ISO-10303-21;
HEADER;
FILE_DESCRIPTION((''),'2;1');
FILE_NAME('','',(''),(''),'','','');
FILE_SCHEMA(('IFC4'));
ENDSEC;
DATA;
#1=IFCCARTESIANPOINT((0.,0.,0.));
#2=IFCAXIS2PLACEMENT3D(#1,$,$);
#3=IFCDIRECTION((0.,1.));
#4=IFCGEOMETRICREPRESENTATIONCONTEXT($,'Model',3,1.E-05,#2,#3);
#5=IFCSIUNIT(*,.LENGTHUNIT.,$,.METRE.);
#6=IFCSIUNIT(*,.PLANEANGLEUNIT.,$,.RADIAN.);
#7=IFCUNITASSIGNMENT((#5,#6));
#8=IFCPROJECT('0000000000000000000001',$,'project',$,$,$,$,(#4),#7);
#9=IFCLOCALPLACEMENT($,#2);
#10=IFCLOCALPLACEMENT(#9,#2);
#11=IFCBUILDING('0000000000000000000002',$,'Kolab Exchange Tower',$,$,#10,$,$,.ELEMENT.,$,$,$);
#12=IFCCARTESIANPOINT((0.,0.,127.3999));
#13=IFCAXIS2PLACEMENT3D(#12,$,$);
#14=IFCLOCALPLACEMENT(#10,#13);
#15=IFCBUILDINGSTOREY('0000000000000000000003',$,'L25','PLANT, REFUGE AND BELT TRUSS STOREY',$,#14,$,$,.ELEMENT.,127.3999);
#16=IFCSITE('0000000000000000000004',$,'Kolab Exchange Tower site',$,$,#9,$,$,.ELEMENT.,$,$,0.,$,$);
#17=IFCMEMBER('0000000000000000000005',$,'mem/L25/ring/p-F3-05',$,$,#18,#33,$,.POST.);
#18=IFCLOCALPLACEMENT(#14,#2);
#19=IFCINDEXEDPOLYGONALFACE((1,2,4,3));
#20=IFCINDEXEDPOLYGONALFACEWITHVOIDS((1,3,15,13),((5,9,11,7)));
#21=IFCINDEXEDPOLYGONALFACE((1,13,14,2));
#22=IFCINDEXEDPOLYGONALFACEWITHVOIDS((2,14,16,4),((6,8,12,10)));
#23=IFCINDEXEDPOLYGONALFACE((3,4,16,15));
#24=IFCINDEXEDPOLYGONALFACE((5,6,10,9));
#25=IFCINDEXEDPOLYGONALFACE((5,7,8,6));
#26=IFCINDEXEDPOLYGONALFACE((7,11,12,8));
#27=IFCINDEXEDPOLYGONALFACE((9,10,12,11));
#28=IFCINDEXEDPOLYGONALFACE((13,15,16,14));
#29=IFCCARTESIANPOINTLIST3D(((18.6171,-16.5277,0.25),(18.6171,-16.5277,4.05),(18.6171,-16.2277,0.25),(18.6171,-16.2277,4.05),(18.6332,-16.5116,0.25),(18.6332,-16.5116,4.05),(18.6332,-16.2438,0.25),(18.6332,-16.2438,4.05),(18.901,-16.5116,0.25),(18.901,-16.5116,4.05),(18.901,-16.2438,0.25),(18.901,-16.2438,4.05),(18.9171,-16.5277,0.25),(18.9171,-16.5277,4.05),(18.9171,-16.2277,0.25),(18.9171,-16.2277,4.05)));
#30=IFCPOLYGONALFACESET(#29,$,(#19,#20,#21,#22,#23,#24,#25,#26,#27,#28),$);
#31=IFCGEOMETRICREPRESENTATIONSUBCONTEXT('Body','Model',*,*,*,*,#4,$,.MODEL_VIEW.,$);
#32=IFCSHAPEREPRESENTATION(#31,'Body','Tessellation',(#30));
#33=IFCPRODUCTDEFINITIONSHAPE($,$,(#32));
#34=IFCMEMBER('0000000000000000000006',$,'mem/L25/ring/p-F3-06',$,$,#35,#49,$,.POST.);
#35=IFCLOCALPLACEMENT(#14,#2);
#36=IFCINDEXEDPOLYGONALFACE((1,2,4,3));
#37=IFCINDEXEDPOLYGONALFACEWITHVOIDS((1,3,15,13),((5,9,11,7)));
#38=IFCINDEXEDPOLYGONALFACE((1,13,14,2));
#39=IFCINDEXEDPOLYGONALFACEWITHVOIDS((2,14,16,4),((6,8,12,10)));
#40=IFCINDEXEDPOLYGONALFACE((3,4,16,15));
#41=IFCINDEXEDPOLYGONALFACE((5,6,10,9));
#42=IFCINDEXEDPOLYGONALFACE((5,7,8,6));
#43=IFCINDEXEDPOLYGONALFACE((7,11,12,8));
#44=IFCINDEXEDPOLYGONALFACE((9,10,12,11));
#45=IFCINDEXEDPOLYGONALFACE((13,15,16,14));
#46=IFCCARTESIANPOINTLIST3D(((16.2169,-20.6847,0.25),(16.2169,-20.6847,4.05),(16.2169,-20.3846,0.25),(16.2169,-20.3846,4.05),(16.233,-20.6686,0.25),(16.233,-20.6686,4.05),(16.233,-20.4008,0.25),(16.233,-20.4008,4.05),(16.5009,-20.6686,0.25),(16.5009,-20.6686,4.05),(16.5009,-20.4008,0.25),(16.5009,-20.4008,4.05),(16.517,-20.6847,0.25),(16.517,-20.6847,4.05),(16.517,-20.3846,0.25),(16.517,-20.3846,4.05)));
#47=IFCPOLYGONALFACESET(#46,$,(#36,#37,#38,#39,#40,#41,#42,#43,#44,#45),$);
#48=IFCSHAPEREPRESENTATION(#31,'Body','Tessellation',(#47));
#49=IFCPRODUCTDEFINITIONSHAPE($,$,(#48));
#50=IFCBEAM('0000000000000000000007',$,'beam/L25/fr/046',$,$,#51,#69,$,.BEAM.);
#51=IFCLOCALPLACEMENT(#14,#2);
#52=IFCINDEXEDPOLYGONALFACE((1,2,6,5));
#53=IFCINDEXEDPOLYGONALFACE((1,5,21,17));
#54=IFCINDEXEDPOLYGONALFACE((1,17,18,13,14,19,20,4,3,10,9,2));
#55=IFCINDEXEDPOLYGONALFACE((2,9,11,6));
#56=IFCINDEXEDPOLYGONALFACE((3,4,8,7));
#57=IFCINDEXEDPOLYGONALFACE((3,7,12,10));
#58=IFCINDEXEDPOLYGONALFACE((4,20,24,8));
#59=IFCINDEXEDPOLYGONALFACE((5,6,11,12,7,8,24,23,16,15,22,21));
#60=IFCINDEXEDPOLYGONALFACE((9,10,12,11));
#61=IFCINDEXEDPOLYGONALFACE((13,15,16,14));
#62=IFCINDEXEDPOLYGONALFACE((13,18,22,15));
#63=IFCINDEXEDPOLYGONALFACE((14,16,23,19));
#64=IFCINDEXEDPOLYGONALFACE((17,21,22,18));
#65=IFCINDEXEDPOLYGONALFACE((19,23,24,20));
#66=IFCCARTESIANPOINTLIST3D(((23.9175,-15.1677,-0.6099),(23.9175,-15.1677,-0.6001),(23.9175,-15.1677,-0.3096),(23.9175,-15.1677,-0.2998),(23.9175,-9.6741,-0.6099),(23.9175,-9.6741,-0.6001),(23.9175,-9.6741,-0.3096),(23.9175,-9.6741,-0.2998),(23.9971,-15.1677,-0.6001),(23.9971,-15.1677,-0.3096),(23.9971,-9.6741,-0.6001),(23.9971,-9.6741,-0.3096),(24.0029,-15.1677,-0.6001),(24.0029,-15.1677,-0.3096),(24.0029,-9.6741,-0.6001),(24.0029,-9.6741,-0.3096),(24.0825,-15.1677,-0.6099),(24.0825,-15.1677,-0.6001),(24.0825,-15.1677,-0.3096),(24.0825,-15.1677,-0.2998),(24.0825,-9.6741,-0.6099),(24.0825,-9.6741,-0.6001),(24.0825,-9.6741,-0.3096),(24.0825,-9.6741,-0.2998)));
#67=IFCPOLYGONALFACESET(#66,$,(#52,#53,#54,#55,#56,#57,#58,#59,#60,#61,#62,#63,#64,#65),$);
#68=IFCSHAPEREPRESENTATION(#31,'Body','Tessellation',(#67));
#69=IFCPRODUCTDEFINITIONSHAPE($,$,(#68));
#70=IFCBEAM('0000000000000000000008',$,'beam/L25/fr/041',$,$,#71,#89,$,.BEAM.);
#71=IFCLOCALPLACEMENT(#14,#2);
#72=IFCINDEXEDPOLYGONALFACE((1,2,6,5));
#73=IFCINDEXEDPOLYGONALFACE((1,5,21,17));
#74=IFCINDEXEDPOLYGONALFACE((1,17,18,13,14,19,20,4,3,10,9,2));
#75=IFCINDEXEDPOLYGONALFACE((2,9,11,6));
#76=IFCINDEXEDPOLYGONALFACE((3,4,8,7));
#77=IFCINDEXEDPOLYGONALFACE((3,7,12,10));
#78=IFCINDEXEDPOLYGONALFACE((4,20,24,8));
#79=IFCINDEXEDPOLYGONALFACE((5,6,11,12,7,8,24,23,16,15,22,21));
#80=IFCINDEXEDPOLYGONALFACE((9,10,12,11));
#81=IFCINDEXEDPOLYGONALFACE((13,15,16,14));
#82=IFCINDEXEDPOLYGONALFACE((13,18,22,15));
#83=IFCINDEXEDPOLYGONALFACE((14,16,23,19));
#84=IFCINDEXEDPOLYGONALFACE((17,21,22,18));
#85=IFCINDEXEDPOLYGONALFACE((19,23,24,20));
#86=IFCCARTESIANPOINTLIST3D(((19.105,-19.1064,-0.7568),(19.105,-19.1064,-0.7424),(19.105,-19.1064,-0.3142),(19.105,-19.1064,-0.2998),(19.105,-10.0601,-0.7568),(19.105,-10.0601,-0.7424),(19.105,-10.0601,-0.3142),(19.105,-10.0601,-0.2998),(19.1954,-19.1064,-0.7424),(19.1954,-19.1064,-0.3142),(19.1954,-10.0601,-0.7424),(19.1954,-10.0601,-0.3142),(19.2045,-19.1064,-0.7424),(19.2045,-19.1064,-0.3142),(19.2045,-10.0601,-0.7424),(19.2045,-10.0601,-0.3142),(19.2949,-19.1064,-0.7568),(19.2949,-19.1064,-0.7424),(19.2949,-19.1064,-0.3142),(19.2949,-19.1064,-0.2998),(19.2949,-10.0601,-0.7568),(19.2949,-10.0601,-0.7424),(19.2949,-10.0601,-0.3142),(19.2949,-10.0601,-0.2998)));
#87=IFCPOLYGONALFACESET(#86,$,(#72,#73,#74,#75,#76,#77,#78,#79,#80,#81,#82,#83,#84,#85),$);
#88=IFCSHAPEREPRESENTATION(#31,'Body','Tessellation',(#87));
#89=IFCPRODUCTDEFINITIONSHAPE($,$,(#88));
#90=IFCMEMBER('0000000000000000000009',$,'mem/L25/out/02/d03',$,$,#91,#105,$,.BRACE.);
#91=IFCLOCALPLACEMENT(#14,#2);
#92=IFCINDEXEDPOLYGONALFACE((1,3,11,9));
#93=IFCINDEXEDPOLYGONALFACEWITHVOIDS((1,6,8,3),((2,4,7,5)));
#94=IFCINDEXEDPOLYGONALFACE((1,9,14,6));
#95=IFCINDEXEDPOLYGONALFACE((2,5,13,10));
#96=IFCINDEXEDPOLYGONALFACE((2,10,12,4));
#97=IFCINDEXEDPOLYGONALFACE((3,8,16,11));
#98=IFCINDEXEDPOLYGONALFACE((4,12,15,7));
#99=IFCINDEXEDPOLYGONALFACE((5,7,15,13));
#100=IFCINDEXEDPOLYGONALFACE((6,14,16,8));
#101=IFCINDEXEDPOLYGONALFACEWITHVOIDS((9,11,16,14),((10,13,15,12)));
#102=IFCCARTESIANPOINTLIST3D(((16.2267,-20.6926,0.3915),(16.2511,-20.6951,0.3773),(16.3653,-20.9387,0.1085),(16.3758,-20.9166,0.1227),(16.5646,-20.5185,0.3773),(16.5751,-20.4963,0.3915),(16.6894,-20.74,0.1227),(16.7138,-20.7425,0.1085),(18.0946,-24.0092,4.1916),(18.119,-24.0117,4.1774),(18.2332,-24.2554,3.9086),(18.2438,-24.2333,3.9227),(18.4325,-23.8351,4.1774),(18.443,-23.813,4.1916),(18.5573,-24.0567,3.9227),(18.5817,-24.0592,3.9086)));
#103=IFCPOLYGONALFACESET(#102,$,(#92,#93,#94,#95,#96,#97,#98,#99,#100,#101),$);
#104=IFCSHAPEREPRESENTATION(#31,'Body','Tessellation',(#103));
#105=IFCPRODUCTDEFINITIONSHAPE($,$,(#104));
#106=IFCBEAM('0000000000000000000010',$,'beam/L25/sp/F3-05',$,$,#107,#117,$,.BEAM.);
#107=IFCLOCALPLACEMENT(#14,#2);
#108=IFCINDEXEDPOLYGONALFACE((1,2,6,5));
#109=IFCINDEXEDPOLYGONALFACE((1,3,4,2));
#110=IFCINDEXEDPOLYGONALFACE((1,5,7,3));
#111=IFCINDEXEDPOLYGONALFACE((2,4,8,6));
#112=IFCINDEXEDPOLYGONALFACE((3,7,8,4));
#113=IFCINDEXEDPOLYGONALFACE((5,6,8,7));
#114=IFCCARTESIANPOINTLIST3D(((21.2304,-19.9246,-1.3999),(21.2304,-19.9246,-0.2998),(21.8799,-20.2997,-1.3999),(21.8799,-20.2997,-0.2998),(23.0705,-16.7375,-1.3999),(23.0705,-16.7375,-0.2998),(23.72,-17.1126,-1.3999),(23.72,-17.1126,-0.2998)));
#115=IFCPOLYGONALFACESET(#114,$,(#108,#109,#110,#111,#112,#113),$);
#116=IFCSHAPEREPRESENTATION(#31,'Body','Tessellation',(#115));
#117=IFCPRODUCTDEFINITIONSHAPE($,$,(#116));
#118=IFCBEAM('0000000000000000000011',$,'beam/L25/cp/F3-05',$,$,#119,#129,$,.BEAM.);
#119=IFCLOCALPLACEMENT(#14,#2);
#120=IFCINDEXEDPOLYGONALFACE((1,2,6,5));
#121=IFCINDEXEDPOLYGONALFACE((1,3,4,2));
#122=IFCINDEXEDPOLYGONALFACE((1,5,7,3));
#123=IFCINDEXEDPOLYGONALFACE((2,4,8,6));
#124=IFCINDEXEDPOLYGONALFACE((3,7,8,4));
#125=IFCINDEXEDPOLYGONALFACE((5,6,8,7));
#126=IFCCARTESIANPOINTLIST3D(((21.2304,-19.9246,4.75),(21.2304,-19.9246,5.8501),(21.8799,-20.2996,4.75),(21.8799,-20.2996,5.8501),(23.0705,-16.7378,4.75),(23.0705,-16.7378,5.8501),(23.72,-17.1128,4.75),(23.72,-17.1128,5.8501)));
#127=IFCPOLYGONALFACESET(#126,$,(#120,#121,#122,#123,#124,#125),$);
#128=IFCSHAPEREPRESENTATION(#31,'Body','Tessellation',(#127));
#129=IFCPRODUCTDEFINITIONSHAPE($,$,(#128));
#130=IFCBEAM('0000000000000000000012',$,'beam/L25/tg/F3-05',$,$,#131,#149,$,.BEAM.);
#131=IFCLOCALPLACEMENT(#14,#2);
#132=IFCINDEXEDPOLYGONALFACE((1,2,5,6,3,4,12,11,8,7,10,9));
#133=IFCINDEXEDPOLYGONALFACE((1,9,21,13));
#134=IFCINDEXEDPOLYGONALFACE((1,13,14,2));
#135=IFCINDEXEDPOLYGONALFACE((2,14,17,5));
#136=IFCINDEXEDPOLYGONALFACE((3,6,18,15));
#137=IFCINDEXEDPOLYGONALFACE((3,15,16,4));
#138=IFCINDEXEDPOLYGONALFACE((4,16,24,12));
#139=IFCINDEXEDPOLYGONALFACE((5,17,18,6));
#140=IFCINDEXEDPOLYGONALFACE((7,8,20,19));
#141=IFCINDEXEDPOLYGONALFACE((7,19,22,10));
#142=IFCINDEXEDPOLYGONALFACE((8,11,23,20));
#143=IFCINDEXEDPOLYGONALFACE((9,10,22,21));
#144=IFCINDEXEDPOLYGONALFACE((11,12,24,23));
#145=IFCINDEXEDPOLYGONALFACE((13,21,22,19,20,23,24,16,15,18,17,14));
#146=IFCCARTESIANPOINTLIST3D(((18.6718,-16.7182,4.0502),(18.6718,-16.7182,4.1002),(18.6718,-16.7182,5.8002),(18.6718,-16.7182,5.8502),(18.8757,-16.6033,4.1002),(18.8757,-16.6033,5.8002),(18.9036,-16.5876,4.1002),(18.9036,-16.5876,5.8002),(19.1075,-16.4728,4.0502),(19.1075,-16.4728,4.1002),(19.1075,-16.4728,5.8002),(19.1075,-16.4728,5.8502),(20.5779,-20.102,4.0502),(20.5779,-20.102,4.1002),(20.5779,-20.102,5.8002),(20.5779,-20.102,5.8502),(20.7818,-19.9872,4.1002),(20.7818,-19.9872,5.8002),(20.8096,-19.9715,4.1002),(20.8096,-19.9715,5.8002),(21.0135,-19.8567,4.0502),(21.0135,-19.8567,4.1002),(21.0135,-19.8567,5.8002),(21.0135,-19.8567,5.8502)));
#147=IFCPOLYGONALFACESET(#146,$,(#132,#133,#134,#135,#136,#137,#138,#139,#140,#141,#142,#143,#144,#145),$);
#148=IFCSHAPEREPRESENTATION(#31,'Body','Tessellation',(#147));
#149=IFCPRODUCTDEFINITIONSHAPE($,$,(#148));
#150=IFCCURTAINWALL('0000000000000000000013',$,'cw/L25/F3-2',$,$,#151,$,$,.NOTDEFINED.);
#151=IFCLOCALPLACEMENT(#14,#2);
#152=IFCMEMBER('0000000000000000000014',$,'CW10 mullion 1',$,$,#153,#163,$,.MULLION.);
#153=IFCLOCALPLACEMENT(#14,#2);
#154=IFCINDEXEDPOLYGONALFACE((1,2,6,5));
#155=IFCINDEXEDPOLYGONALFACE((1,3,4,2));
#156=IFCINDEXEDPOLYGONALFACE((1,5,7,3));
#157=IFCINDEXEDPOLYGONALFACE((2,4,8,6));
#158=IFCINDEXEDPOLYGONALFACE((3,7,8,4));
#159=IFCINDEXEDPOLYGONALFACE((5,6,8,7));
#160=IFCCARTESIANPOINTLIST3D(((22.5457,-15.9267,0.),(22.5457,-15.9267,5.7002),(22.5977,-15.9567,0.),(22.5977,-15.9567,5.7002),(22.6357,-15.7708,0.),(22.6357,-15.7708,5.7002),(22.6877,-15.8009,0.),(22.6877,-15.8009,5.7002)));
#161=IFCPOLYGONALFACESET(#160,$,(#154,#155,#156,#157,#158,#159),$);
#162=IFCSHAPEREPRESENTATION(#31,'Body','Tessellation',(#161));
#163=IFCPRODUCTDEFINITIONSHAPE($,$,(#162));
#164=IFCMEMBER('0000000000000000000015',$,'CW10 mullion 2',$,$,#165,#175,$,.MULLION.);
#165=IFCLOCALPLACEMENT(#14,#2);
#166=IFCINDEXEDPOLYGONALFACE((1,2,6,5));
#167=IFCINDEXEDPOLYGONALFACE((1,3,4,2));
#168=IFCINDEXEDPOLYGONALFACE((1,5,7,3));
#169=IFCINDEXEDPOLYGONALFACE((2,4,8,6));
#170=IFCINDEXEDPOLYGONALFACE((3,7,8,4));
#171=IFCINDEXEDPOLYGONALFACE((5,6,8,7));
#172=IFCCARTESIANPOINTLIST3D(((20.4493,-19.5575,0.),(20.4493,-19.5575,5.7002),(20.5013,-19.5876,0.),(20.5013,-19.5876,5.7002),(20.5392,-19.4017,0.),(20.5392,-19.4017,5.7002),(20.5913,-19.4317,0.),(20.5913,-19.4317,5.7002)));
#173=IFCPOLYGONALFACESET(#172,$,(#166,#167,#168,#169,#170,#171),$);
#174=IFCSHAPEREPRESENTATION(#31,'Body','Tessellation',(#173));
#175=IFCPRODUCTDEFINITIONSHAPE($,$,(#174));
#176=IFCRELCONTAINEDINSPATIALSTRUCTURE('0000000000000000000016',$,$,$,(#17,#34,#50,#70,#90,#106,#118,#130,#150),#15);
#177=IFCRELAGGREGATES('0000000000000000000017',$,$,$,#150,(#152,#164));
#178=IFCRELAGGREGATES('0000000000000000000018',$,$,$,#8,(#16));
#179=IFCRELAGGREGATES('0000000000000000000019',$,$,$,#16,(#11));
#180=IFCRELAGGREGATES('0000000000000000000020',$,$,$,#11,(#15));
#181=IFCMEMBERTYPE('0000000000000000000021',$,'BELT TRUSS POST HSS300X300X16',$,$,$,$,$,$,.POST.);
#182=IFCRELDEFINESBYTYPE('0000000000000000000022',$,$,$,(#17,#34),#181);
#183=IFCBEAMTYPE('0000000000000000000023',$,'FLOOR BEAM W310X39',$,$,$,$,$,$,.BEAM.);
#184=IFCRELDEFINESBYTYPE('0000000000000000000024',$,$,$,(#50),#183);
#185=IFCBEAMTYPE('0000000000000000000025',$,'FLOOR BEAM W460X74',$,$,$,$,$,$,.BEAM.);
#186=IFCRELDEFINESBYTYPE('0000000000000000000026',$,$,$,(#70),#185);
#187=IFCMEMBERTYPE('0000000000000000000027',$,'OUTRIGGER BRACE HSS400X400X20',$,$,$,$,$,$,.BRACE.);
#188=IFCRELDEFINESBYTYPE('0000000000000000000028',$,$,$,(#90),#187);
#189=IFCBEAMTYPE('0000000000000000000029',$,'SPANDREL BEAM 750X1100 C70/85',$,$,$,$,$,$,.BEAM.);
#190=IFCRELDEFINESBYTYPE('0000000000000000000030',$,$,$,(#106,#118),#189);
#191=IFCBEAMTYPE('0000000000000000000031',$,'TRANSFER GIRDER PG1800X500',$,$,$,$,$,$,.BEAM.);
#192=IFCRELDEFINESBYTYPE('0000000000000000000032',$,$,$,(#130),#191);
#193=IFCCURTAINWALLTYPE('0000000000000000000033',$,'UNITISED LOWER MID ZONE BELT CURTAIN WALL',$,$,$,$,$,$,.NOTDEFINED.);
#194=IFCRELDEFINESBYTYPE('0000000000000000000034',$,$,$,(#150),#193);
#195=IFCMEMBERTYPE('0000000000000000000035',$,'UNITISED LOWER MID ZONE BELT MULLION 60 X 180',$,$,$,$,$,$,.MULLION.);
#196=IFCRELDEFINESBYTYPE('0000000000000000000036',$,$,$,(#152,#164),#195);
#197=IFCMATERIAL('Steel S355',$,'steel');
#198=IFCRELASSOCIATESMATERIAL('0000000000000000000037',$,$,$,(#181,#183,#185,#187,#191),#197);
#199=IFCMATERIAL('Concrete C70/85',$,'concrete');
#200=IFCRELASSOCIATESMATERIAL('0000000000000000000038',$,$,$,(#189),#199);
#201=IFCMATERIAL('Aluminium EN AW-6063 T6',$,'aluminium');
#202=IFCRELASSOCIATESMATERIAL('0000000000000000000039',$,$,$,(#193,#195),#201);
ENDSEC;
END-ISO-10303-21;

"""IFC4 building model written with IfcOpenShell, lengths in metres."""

from ifc_helpers import new_model, si_unit, direction, frame, origin, origin_2d, place, context, subcontext, project, spatial, rectangle, hollow_rectangle, i_section, extrude, material, material_profile, profile_set, type_object, element, aggregate, save


model = new_model("IFC4")

# Units and contexts
model_context = context("Model", 3, precision=1e-05, world=origin(), true_north=direction((0.0, 1.0)))
body_context = subcontext(model_context, "Body", "Model", "MODEL_VIEW")
ifc_project = project(units=[si_unit("LENGTHUNIT", "METRE"), si_unit("PLANEANGLEUNIT", "RADIAN")], contexts=[model_context])

# Site, building, storey
site_placement = place(None, origin())
site = spatial("IfcSite", under=ifc_project, at=site_placement, Name="Kolab Exchange Tower site", CompositionType="ELEMENT", RefElevation=0.0)
building_placement = place(site_placement, origin())
building = spatial("IfcBuilding", under=site, at=building_placement, Name="Kolab Exchange Tower", CompositionType="ELEMENT")
storey_placement = place(building_placement, frame((0.0, 0.0, 127.3999)))
storey = spatial("IfcBuildingStorey", under=building, at=storey_placement, Name="L25", Description="PLANT, REFUGE AND BELT TRUSS STOREY", CompositionType="ELEMENT", Elevation=127.3999)

# Shared definitions
ifc_material_1 = material(Name="Concrete C70/85", Category="concrete")

# Shared definitions
ifc_material_2 = material(Name="Steel S355", Category="steel")

# Members
ifc_material_profile_1 = material_profile(ifc_material_2, hollow_rectangle(XDim=0.3, YDim=0.3, WallThickness=0.0161, at=origin_2d()), Name="HSS300X300X16")
ifc_profile_set_1 = profile_set([ifc_material_profile_1], Name="Steel S355")
member_type_1 = type_object("IfcMemberType", Name="BELT TRUSS POST HSS300X300X16", PredefinedType="POST", material=ifc_profile_set_1)
for number, where, z_axis, x_axis, name in (
    (1, (18.7671, -16.3777, 0.25), (0.0, 0.0, 1.0), (1.0, 0.0, 0.0), "mem/L25/ring/p-F3-05"),
    (2, (16.3669, -20.5347, 0.25), (0.0, 0.0, 1.0), (1.0, 0.0, 0.0), "mem/L25/ring/p-F3-06"),
):
    element("IfcMember", number, at=place(storey_placement, frame(where, z_axis=z_axis, x_axis=x_axis)), inside=storey, type_object=member_type_1, Name=name, PredefinedType="POST", context=body_context, shape_type="SweptSolid", body=[
        extrude(hollow_rectangle(XDim=0.3, YDim=0.3, WallThickness=0.0161, at=origin_2d()), origin(), (0.0, 0.0, 1.0), 3.8),
    ])

# Beams
ifc_material_profile_2 = material_profile(ifc_material_2, i_section(OverallWidth=0.165, OverallDepth=0.3101, WebThickness=0.0059, FlangeThickness=0.0098, at=origin_2d()), Name="W310X39")
ifc_profile_set_2 = profile_set([ifc_material_profile_2], Name="Steel S355")
beam_type_1 = type_object("IfcBeamType", Name="FLOOR BEAM W310X39", PredefinedType="BEAM", material=ifc_profile_set_2)
beam_1_placement = place(storey_placement, frame((24.0, -15.1677, -0.4548), z_axis=(0.0, 1.0, 0.0), x_axis=(-1.0, 0.0, 0.0)))
element("IfcBeam", 3, at=beam_1_placement, inside=storey, type_object=beam_type_1, Name="beam/L25/fr/046", PredefinedType="BEAM", context=body_context, shape_type="SweptSolid", body=[
    extrude(i_section(OverallWidth=0.165, OverallDepth=0.3101, WebThickness=0.0059, FlangeThickness=0.0098, at=origin_2d()), origin(), (0.0, 0.0, 1.0), 5.4937),
])
ifc_material_profile_3 = material_profile(ifc_material_2, i_section(OverallWidth=0.1899, OverallDepth=0.457, WebThickness=0.009, FlangeThickness=0.0144, at=origin_2d()), Name="W460X74")
ifc_profile_set_3 = profile_set([ifc_material_profile_3], Name="Steel S355")
beam_type_2 = type_object("IfcBeamType", Name="FLOOR BEAM W460X74", PredefinedType="BEAM", material=ifc_profile_set_3)
beam_2_placement = place(storey_placement, frame((19.2, -19.1064, -0.5283), z_axis=(0.0, 1.0, 0.0), x_axis=(-1.0, 0.0, 0.0)))
element("IfcBeam", 4, at=beam_2_placement, inside=storey, type_object=beam_type_2, Name="beam/L25/fr/041", PredefinedType="BEAM", context=body_context, shape_type="SweptSolid", body=[
    extrude(i_section(OverallWidth=0.1899, OverallDepth=0.457, WebThickness=0.009, FlangeThickness=0.0144, at=origin_2d()), origin(), (0.0, 0.0, 1.0), 9.0464),
])

# Member
ifc_material_profile_4 = material_profile(ifc_material_2, hollow_rectangle(XDim=0.3999, YDim=0.3999, WallThickness=0.02, at=origin_2d()), Name="HSS400X400X20")
ifc_profile_set_4 = profile_set([ifc_material_profile_4], Name="Steel S355")
member_type_2 = type_object("IfcMemberType", Name="OUTRIGGER BRACE HSS400X400X20", PredefinedType="BRACE", material=ifc_profile_set_4)
member_1_placement = place(storey_placement, frame((16.4702, -20.7175, 0.25), z_axis=(0.347285, -0.616635, 0.706509), x_axis=(0.871317, 0.490721, 0.0)))
element("IfcMember", 5, at=member_1_placement, inside=storey, type_object=member_type_2, Name="mem/L25/out/02/d03", PredefinedType="BRACE", context=body_context, shape_type="SweptSolid", body=[
    extrude(hollow_rectangle(XDim=0.3999, YDim=0.3999, WallThickness=0.02, at=origin_2d()), origin(), (0.0, 0.0, 1.0), 5.3787),
])

# Beams
ifc_material_profile_5 = material_profile(ifc_material_1, rectangle(XDim=0.75, YDim=1.1001, at=origin_2d()), Name="RC750X1100")
ifc_profile_set_5 = profile_set([ifc_material_profile_5], Name="Concrete C70/85")
beam_type_3 = type_object("IfcBeamType", Name="SPANDREL BEAM 750X1100 C70/85", PredefinedType="BEAM", material=ifc_profile_set_5)
beam_3_placement = place(storey_placement, frame((23.3953, -16.925, -0.8499), z_axis=(-0.500013, -0.866018, 0.0), x_axis=(0.866018, -0.500013, 0.0)))
element("IfcBeam", 6, at=beam_3_placement, inside=storey, type_object=beam_type_3, Name="beam/L25/sp/F3-05", PredefinedType="BEAM", context=body_context, shape_type="SweptSolid", body=[
    extrude(rectangle(XDim=0.75, YDim=1.1001, at=origin_2d()), origin(), (0.0, 0.0, 1.0), 3.6802),
])
beam_4_placement = place(storey_placement, frame((23.3953, -16.9253, 5.3), z_axis=(-0.500042, -0.866001, 0.0), x_axis=(0.866001, -0.500042, 0.0)))
element("IfcBeam", 7, at=beam_4_placement, inside=storey, type_object=beam_type_3, Name="beam/L25/cp/F3-05", PredefinedType="BEAM", context=body_context, shape_type="SweptSolid", body=[
    extrude(rectangle(XDim=0.75, YDim=1.1001, at=origin_2d()), origin(), (0.0, 0.0, 1.0), 3.6799),
])
ifc_material_profile_6 = material_profile(ifc_material_2, i_section(OverallWidth=0.5, OverallDepth=1.8, WebThickness=0.032, FlangeThickness=0.05, at=origin_2d()), Name="PG1800X500")
ifc_profile_set_6 = profile_set([ifc_material_profile_6], Name="Steel S355")
beam_type_4 = type_object("IfcBeamType", Name="TRANSFER GIRDER PG1800X500", PredefinedType="BEAM", material=ifc_profile_set_6)
beam_5_placement = place(storey_placement, frame((18.8896, -16.5955, 4.9502), z_axis=(0.490775, -0.871287, 0.0), x_axis=(0.871287, 0.490775, 0.0)))
element("IfcBeam", 8, at=beam_5_placement, inside=storey, type_object=beam_type_4, Name="beam/L25/tg/F3-05", PredefinedType="BEAM", context=body_context, shape_type="SweptSolid", body=[
    extrude(i_section(OverallWidth=0.5, OverallDepth=1.8, WebThickness=0.032, FlangeThickness=0.05, at=origin_2d()), origin(), (0.0, 0.0, 1.0), 3.8838),
])

# Curtain wall, members
ifc_material_3 = material(Name="Aluminium EN AW-6063 T6", Category="aluminium")
curtain_wall_type = type_object("IfcCurtainWallType", Name="UNITISED LOWER MID ZONE BELT CURTAIN WALL", PredefinedType="NOTDEFINED", material=ifc_material_3)
curtain_wall_placement = place(storey_placement, origin())
curtain_wall = element("IfcCurtainWall", 9, at=curtain_wall_placement, inside=storey, type_object=curtain_wall_type, Name="cw/L25/F3-2", PredefinedType="NOTDEFINED")
ifc_material_profile_7 = material_profile(ifc_material_3, rectangle(XDim=0.0601, YDim=0.1799, at=origin_2d()), Name="RECT 60X180")
ifc_profile_set_7 = profile_set([ifc_material_profile_7], Name="Aluminium EN AW-6063 T6")
member_type_3 = type_object("IfcMemberType", Name="UNITISED LOWER MID ZONE BELT MULLION 60 X 180", PredefinedType="MULLION", material=ifc_profile_set_7)
member_2_placement = place(storey_placement, frame((22.6167, -15.8638, 0.0), z_axis=(0.0, 0.0, 1.0), x_axis=(0.866025, -0.5, 0.0)))
member_2 = element("IfcMember", 10, at=member_2_placement, type_object=member_type_3, Name="CW10 mullion 1", PredefinedType="MULLION", context=body_context, shape_type="SweptSolid", body=[
    extrude(rectangle(XDim=0.0601, YDim=0.1799, at=origin_2d()), origin(), (0.0, 0.0, 1.0), 5.7002),
])
member_3_placement = place(storey_placement, frame((20.5203, -19.4946, 0.0), z_axis=(0.0, 0.0, 1.0), x_axis=(0.866025, -0.5, 0.0)))
member_3 = element("IfcMember", 11, at=member_3_placement, type_object=member_type_3, Name="CW10 mullion 2", PredefinedType="MULLION", context=body_context, shape_type="SweptSolid", body=[
    extrude(rectangle(XDim=0.0601, YDim=0.1799, at=origin_2d()), origin(), (0.0, 0.0, 1.0), 5.7002),
])
aggregate(curtain_wall, [member_2, member_3])

save(model, "model.ifc")
